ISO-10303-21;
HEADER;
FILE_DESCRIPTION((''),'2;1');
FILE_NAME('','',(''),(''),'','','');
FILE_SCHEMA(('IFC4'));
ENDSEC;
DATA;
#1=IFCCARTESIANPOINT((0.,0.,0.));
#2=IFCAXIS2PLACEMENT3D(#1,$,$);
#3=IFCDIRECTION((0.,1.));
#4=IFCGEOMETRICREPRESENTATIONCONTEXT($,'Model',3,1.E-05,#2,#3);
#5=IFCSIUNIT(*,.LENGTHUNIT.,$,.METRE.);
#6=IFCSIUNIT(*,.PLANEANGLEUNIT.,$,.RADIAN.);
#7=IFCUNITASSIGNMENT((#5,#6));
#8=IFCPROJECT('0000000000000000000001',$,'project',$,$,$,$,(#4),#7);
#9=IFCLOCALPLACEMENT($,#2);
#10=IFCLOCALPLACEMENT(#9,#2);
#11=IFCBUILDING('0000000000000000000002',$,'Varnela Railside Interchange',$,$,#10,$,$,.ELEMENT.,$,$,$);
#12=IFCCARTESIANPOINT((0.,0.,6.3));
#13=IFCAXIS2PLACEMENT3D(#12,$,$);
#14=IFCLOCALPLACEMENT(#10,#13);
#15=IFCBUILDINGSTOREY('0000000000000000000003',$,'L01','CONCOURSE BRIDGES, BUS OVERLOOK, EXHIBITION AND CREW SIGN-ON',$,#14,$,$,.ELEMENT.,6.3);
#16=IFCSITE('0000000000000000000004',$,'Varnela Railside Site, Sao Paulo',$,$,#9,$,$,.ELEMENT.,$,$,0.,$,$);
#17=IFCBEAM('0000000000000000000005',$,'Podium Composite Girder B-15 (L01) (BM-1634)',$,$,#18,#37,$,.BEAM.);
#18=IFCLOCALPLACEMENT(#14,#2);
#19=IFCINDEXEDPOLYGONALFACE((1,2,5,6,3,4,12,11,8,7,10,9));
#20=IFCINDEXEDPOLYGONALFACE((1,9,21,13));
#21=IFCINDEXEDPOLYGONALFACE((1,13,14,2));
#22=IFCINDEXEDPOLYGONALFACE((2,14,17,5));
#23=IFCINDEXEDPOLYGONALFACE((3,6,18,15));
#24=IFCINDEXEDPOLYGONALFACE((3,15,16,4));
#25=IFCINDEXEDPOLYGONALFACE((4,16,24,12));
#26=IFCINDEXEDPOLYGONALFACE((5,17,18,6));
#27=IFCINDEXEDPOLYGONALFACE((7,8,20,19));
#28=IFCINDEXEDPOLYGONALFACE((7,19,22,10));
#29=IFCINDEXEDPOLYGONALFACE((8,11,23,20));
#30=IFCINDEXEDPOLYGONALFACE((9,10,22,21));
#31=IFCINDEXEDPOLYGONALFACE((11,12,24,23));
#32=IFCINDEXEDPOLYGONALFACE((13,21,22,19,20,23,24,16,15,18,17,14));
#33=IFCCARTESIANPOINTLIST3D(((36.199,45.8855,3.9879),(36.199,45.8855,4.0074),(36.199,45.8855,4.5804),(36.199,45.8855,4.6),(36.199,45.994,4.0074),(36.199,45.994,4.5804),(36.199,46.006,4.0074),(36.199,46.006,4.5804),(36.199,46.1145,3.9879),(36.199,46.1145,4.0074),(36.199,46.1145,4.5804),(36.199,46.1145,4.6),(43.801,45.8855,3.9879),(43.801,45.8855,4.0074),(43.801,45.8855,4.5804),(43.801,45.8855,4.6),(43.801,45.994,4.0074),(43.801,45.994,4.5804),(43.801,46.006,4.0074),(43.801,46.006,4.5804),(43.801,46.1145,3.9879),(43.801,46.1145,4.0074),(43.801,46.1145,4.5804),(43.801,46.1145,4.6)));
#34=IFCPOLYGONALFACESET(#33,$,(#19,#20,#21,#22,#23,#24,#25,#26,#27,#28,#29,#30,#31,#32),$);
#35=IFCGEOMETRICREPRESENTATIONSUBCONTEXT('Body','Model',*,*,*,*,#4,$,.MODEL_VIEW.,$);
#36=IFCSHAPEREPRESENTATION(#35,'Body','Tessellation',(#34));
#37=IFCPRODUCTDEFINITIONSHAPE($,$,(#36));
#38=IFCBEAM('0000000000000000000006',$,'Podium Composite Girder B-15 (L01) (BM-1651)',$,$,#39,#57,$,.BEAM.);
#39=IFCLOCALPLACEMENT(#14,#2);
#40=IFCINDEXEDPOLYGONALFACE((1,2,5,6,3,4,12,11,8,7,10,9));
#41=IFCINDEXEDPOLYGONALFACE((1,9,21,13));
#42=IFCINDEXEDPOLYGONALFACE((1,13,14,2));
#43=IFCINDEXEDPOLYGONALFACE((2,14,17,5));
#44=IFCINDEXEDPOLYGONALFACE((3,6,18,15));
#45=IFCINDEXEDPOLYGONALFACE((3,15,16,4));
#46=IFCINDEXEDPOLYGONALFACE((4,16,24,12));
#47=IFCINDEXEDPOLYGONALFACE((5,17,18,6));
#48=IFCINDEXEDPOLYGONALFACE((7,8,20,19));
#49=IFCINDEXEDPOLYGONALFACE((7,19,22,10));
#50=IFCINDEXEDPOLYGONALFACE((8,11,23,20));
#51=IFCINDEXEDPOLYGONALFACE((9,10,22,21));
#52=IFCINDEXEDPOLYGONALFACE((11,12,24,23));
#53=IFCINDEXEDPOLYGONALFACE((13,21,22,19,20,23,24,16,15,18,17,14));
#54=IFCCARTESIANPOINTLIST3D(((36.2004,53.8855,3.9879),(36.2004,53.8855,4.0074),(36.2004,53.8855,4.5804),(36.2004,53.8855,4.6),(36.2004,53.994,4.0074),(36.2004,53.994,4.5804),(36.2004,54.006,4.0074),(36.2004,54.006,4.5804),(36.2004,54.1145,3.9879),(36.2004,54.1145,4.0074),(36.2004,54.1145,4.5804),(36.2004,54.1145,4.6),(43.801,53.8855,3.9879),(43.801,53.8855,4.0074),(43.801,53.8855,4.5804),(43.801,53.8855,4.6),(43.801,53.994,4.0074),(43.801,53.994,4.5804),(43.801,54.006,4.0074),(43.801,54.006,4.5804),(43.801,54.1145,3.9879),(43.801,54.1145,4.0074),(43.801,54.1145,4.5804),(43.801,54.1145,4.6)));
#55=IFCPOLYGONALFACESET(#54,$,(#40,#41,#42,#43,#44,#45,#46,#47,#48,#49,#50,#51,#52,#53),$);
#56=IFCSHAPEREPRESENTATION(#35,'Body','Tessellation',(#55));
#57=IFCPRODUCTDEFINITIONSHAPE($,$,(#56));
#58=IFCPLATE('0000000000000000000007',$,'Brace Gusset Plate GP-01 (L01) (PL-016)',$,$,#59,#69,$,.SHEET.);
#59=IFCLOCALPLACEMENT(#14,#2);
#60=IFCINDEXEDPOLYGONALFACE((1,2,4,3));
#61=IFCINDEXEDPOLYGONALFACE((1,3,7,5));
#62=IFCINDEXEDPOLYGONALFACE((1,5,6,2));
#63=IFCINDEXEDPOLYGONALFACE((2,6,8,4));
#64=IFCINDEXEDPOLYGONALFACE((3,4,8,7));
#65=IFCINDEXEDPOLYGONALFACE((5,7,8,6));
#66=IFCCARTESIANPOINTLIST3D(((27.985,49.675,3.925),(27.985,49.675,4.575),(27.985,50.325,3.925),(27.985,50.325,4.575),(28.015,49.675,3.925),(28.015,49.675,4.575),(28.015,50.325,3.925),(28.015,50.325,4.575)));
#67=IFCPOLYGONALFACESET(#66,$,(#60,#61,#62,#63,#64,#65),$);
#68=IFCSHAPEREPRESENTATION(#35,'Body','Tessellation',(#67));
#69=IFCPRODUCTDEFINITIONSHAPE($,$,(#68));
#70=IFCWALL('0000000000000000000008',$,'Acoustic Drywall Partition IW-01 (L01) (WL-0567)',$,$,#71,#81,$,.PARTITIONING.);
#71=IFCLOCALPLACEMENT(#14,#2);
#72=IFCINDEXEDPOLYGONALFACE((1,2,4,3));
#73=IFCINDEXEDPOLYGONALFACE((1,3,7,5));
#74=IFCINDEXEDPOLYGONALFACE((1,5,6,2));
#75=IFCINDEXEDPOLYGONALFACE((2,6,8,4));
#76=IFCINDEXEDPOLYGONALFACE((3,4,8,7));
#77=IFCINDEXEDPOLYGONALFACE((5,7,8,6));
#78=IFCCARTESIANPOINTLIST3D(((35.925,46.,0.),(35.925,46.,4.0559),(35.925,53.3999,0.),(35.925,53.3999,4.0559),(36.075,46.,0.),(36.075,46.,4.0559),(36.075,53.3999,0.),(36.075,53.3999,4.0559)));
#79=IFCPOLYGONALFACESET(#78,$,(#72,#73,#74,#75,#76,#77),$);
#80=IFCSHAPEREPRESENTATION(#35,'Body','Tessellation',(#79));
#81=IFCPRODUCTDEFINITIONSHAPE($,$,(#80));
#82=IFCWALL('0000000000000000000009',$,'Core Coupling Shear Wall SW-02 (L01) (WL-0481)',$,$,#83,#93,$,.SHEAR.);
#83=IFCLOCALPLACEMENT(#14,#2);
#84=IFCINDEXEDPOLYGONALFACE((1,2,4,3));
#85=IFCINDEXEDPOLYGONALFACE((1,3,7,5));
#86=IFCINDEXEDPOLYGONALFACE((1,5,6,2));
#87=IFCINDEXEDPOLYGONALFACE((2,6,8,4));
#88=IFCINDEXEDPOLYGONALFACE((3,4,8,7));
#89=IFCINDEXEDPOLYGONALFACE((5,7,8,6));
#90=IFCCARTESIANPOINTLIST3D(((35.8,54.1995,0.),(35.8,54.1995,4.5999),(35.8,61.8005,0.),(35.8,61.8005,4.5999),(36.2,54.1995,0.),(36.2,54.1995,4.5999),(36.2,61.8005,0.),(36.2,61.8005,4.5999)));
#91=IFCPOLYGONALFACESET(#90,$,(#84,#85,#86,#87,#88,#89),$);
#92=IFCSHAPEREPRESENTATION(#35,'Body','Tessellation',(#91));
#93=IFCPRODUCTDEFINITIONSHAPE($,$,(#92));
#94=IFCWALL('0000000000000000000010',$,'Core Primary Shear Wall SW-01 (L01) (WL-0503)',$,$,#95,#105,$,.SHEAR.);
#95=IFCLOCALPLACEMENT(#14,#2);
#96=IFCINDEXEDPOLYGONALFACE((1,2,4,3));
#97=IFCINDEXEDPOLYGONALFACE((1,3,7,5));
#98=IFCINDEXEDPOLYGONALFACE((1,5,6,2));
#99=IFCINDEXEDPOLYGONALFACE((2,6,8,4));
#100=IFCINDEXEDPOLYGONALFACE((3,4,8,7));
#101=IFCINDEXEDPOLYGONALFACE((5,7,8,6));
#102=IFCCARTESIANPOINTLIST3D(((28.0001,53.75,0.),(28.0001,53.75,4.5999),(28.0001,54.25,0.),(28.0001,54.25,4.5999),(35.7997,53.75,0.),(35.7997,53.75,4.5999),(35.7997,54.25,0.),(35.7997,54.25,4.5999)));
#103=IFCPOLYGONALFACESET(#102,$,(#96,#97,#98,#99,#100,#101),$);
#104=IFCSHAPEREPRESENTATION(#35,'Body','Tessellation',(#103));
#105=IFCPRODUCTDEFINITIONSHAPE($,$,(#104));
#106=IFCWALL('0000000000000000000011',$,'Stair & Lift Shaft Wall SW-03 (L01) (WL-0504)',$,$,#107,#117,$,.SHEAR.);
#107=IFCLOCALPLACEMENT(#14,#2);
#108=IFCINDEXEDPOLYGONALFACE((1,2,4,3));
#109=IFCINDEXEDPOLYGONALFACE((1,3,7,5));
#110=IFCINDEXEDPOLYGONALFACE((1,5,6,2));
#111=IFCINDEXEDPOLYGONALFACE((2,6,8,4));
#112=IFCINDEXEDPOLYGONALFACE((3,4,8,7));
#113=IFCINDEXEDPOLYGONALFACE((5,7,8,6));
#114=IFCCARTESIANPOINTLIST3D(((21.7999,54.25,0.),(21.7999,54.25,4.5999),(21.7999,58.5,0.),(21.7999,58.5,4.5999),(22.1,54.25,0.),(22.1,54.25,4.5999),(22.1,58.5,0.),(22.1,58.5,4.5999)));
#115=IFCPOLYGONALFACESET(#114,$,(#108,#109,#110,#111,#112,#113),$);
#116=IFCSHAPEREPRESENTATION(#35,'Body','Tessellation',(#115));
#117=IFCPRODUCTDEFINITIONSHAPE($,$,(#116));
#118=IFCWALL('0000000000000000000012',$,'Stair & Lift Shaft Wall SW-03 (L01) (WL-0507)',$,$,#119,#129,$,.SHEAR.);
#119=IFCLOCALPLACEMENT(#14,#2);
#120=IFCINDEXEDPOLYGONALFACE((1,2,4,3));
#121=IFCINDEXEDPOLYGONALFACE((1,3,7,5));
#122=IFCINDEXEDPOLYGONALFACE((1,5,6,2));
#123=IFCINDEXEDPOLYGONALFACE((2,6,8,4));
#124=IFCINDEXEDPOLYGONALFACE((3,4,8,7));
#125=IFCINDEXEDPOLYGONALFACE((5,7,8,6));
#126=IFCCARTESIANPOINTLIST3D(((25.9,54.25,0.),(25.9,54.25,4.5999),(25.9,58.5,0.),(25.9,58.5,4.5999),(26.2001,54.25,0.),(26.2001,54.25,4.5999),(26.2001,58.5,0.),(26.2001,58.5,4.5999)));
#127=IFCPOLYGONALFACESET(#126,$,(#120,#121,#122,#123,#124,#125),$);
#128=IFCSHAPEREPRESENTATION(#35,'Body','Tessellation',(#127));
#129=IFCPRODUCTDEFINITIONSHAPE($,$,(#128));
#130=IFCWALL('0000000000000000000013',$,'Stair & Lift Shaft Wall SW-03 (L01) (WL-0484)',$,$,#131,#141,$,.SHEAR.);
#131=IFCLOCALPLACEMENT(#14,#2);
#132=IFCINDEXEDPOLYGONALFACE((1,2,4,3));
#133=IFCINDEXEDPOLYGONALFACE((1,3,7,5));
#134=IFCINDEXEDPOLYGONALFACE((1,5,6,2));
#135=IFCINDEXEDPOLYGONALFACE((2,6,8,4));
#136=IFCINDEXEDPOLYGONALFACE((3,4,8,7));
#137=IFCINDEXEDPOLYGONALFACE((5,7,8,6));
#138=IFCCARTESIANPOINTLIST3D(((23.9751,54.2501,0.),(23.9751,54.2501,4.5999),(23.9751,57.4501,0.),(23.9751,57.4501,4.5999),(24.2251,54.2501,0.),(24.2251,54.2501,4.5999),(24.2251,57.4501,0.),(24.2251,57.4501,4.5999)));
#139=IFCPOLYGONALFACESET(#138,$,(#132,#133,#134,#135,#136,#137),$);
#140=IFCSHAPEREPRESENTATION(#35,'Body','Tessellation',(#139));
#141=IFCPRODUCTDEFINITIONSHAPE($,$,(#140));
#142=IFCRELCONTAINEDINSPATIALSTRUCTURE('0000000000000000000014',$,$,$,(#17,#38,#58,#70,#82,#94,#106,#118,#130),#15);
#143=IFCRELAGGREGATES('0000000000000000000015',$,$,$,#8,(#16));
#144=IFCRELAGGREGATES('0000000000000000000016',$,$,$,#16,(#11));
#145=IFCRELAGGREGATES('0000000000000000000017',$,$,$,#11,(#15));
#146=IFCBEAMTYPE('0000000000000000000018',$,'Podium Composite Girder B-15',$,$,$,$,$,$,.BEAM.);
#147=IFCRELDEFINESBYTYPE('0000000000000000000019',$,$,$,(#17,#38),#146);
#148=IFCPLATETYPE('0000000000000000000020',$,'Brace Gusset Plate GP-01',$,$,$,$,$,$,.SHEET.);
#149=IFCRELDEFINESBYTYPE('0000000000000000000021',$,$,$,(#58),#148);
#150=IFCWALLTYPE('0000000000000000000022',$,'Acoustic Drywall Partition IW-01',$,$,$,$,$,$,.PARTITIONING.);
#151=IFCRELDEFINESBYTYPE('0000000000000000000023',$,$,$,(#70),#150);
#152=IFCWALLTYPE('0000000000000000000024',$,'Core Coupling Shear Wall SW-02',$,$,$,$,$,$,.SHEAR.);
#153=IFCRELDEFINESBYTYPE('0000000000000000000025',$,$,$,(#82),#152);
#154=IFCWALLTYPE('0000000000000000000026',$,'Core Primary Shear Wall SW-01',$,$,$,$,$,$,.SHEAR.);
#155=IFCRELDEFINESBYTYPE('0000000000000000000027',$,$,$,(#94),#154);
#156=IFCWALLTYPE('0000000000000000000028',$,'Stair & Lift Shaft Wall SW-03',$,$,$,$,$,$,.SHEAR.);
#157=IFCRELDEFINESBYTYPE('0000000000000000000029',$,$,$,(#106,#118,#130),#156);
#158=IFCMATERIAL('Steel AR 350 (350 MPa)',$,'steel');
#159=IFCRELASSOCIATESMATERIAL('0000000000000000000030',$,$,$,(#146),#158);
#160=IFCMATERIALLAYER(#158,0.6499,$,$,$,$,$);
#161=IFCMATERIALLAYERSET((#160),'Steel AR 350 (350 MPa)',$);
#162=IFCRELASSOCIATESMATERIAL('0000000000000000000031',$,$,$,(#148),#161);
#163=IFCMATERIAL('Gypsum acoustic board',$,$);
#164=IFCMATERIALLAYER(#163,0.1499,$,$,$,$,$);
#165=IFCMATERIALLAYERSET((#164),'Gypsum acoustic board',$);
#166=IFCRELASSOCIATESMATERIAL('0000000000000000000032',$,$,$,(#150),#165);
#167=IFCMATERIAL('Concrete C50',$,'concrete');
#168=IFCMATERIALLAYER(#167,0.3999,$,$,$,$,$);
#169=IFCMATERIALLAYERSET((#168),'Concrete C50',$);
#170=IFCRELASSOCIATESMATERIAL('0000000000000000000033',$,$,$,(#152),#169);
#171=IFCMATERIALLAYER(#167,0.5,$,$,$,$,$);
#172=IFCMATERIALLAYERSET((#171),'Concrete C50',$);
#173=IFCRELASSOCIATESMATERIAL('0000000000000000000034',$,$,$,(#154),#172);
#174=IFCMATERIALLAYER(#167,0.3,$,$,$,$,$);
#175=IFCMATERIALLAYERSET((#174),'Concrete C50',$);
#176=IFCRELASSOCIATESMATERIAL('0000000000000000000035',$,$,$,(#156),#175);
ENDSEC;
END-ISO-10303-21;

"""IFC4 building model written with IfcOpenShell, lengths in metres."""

from ifc_helpers import new_model, si_unit, direction, frame, frame_2d, origin, origin_2d, place, context, subcontext, project, spatial, rectangle, i_section, extrude, material, layer, layer_set, material_profile, profile_set, type_object, element, save


model = new_model("IFC4")

# Units and contexts
model_context = context("Model", 3, precision=1e-05, world=origin(), true_north=direction((0.0, 1.0)))
body_context = subcontext(model_context, "Body", "Model", "MODEL_VIEW")
ifc_project = project(units=[si_unit("LENGTHUNIT", "METRE"), si_unit("PLANEANGLEUNIT", "RADIAN")], contexts=[model_context])

# Site, building, storey
site_placement = place(None, origin())
site = spatial("IfcSite", under=ifc_project, at=site_placement, Name="Varnela Railside Site, Sao Paulo", CompositionType="ELEMENT", RefElevation=0.0)
building_placement = place(site_placement, origin())
building = spatial("IfcBuilding", under=site, at=building_placement, Name="Varnela Railside Interchange", CompositionType="ELEMENT")
storey_placement = place(building_placement, frame((0.0, 0.0, 6.3)))
storey = spatial("IfcBuildingStorey", under=building, at=storey_placement, Name="L01", Description="CONCOURSE BRIDGES, BUS OVERLOOK, EXHIBITION AND CREW SIGN-ON", CompositionType="ELEMENT", Elevation=6.3)

# Shared definitions
ifc_material_1 = material(Name="Steel AR 350 (350 MPa)", Category="steel")

# Beams
ifc_material_profile_1 = material_profile(ifc_material_1, i_section(OverallWidth=0.229, OverallDepth=0.6121, WebThickness=0.012, FlangeThickness=0.0195, at=origin_2d()), Name="W610x125")
ifc_profile_set_1 = profile_set([ifc_material_profile_1], Name="Steel AR 350 (350 MPa)")
beam_type_1 = type_object("IfcBeamType", Name="Podium Composite Girder B-15", PredefinedType="BEAM", material=ifc_profile_set_1)
for number, where, z_axis, x_axis, name in (
    (1, (36.199, 46.0, 4.2939), (1.0, 0.0, 0.0), (0.0, 1.0, 0.0), "Podium Composite Girder B-15 (L01) (BM-1634)"),
):
    element("IfcBeam", number, at=place(storey_placement, frame(where, z_axis=z_axis, x_axis=x_axis)), inside=storey, type_object=beam_type_1, Name=name, PredefinedType="BEAM", context=body_context, shape_type="SweptSolid", body=[
        extrude(i_section(OverallWidth=0.229, OverallDepth=0.6121, WebThickness=0.012, FlangeThickness=0.0195, at=origin_2d()), origin(), (0.0, 0.0, 1.0), 7.6021),
    ])
beam_1_placement = place(storey_placement, frame((36.2004, 54.0, 4.2939), z_axis=(1.0, 0.0, 0.0), x_axis=(0.0, 1.0, 0.0)))
element("IfcBeam", 2, at=beam_1_placement, inside=storey, type_object=beam_type_1, Name="Podium Composite Girder B-15 (L01) (BM-1651)", PredefinedType="BEAM", context=body_context, shape_type="SweptSolid", body=[
    extrude(i_section(OverallWidth=0.229, OverallDepth=0.6121, WebThickness=0.012, FlangeThickness=0.0195, at=origin_2d()), origin(), (0.0, 0.0, 1.0), 7.6006),
])

# Plate
ifc_layer_1 = layer(ifc_material_1, 0.6499)
ifc_layer_set_1 = layer_set([ifc_layer_1], Name="Steel AR 350 (350 MPa)")
plate_type = type_object("IfcPlateType", Name="Brace Gusset Plate GP-01", PredefinedType="SHEET", material=ifc_layer_set_1)
plate_placement = place(storey_placement, frame((28.0, 50.0, 3.925), z_axis=(0.0, 0.0, 1.0), x_axis=(0.0, 1.0, 0.0)))
element("IfcPlate", 3, at=plate_placement, inside=storey, type_object=plate_type, Name="Brace Gusset Plate GP-01 (L01) (PL-016)", PredefinedType="SHEET", context=body_context, shape_type="SweptSolid", body=[
    extrude(rectangle(XDim=0.6499, YDim=0.03, at=origin_2d()), origin(), (0.0, 0.0, 1.0), 0.6499),
])

# Walls
ifc_material_2 = material(Name="Gypsum acoustic board")
ifc_layer_2 = layer(ifc_material_2, 0.1499)
ifc_layer_set_2 = layer_set([ifc_layer_2], Name="Gypsum acoustic board")
wall_type_1 = type_object("IfcWallType", Name="Acoustic Drywall Partition IW-01", PredefinedType="PARTITIONING", material=ifc_layer_set_2)
wall_1_placement = place(storey_placement, frame((36.0, 46.0, 0.0), z_axis=(0.0, 0.0, 1.0), x_axis=(0.0, 1.0, 0.0)))
element("IfcWall", 4, at=wall_1_placement, inside=storey, type_object=wall_type_1, Name="Acoustic Drywall Partition IW-01 (L01) (WL-0567)", PredefinedType="PARTITIONING", context=body_context, shape_type="SweptSolid", body=[
    extrude(rectangle(XDim=7.3999, YDim=0.1499, at=frame_2d((3.7, 0.0))), origin(), (0.0, 0.0, 1.0), 4.0559),
])
ifc_material_3 = material(Name="Concrete C50", Category="concrete")
ifc_layer_3 = layer(ifc_material_3, 0.3999)
ifc_layer_set_3 = layer_set([ifc_layer_3], Name="Concrete C50")
wall_type_2 = type_object("IfcWallType", Name="Core Coupling Shear Wall SW-02", PredefinedType="SHEAR", material=ifc_layer_set_3)
wall_2_placement = place(storey_placement, frame((36.0, 54.1995, 0.0), z_axis=(0.0, 0.0, 1.0), x_axis=(0.0, 1.0, 0.0)))
element("IfcWall", 5, at=wall_2_placement, inside=storey, type_object=wall_type_2, Name="Core Coupling Shear Wall SW-02 (L01) (WL-0481)", PredefinedType="SHEAR", context=body_context, shape_type="SweptSolid", body=[
    extrude(rectangle(XDim=7.6011, YDim=0.3999, at=frame_2d((3.8005, 0.0))), origin(), (0.0, 0.0, 1.0), 4.5999),
])
ifc_layer_4 = layer(ifc_material_3, 0.5)
ifc_layer_set_4 = layer_set([ifc_layer_4], Name="Concrete C50")
wall_type_3 = type_object("IfcWallType", Name="Core Primary Shear Wall SW-01", PredefinedType="SHEAR", material=ifc_layer_set_4)
wall_3_placement = place(storey_placement, frame((28.0, 54.0, 0.0), z_axis=(0.0, 0.0, 1.0), x_axis=(1.0, 0.0, 0.0)))
element("IfcWall", 6, at=wall_3_placement, inside=storey, type_object=wall_type_3, Name="Core Primary Shear Wall SW-01 (L01) (WL-0503)", PredefinedType="SHEAR", context=body_context, shape_type="SweptSolid", body=[
    extrude(rectangle(XDim=7.7996, YDim=0.5, at=frame_2d((3.8999, 0.0))), origin(), (0.0, 0.0, 1.0), 4.5999),
])
ifc_layer_5 = layer(ifc_material_3, 0.3)
ifc_layer_set_5 = layer_set([ifc_layer_5], Name="Concrete C50")
wall_type_4 = type_object("IfcWallType", Name="Stair & Lift Shaft Wall SW-03", PredefinedType="SHEAR", material=ifc_layer_set_5)
for number, where, z_axis, x_axis, name in (
    (7, (21.95, 54.25, 0.0), (0.0, 0.0, 1.0), (0.0, 1.0, 0.0), "Stair & Lift Shaft Wall SW-03 (L01) (WL-0504)"),
    (8, (26.05, 54.25, 0.0), (0.0, 0.0, 1.0), (0.0, 1.0, 0.0), "Stair & Lift Shaft Wall SW-03 (L01) (WL-0507)"),
):
    element("IfcWall", number, at=place(storey_placement, frame(where, z_axis=z_axis, x_axis=x_axis)), inside=storey, type_object=wall_type_4, Name=name, PredefinedType="SHEAR", context=body_context, shape_type="SweptSolid", body=[
        extrude(rectangle(XDim=4.25, YDim=0.3, at=frame_2d((2.125, 0.0))), origin(), (0.0, 0.0, 1.0), 4.5999),
    ])
wall_4_placement = place(storey_placement, frame((24.1001, 54.25, 0.0), z_axis=(0.0, 0.0, 1.0), x_axis=(0.0, 1.0, 0.0)))
element("IfcWall", 9, at=wall_4_placement, inside=storey, type_object=wall_type_4, Name="Stair & Lift Shaft Wall SW-03 (L01) (WL-0484)", PredefinedType="SHEAR", context=body_context, shape_type="SweptSolid", body=[
    extrude(rectangle(XDim=3.2, YDim=0.25, at=frame_2d((1.6001, 0.0))), origin(), (0.0, 0.0, 1.0), 4.5999),
])

save(model, "model.ifc")
